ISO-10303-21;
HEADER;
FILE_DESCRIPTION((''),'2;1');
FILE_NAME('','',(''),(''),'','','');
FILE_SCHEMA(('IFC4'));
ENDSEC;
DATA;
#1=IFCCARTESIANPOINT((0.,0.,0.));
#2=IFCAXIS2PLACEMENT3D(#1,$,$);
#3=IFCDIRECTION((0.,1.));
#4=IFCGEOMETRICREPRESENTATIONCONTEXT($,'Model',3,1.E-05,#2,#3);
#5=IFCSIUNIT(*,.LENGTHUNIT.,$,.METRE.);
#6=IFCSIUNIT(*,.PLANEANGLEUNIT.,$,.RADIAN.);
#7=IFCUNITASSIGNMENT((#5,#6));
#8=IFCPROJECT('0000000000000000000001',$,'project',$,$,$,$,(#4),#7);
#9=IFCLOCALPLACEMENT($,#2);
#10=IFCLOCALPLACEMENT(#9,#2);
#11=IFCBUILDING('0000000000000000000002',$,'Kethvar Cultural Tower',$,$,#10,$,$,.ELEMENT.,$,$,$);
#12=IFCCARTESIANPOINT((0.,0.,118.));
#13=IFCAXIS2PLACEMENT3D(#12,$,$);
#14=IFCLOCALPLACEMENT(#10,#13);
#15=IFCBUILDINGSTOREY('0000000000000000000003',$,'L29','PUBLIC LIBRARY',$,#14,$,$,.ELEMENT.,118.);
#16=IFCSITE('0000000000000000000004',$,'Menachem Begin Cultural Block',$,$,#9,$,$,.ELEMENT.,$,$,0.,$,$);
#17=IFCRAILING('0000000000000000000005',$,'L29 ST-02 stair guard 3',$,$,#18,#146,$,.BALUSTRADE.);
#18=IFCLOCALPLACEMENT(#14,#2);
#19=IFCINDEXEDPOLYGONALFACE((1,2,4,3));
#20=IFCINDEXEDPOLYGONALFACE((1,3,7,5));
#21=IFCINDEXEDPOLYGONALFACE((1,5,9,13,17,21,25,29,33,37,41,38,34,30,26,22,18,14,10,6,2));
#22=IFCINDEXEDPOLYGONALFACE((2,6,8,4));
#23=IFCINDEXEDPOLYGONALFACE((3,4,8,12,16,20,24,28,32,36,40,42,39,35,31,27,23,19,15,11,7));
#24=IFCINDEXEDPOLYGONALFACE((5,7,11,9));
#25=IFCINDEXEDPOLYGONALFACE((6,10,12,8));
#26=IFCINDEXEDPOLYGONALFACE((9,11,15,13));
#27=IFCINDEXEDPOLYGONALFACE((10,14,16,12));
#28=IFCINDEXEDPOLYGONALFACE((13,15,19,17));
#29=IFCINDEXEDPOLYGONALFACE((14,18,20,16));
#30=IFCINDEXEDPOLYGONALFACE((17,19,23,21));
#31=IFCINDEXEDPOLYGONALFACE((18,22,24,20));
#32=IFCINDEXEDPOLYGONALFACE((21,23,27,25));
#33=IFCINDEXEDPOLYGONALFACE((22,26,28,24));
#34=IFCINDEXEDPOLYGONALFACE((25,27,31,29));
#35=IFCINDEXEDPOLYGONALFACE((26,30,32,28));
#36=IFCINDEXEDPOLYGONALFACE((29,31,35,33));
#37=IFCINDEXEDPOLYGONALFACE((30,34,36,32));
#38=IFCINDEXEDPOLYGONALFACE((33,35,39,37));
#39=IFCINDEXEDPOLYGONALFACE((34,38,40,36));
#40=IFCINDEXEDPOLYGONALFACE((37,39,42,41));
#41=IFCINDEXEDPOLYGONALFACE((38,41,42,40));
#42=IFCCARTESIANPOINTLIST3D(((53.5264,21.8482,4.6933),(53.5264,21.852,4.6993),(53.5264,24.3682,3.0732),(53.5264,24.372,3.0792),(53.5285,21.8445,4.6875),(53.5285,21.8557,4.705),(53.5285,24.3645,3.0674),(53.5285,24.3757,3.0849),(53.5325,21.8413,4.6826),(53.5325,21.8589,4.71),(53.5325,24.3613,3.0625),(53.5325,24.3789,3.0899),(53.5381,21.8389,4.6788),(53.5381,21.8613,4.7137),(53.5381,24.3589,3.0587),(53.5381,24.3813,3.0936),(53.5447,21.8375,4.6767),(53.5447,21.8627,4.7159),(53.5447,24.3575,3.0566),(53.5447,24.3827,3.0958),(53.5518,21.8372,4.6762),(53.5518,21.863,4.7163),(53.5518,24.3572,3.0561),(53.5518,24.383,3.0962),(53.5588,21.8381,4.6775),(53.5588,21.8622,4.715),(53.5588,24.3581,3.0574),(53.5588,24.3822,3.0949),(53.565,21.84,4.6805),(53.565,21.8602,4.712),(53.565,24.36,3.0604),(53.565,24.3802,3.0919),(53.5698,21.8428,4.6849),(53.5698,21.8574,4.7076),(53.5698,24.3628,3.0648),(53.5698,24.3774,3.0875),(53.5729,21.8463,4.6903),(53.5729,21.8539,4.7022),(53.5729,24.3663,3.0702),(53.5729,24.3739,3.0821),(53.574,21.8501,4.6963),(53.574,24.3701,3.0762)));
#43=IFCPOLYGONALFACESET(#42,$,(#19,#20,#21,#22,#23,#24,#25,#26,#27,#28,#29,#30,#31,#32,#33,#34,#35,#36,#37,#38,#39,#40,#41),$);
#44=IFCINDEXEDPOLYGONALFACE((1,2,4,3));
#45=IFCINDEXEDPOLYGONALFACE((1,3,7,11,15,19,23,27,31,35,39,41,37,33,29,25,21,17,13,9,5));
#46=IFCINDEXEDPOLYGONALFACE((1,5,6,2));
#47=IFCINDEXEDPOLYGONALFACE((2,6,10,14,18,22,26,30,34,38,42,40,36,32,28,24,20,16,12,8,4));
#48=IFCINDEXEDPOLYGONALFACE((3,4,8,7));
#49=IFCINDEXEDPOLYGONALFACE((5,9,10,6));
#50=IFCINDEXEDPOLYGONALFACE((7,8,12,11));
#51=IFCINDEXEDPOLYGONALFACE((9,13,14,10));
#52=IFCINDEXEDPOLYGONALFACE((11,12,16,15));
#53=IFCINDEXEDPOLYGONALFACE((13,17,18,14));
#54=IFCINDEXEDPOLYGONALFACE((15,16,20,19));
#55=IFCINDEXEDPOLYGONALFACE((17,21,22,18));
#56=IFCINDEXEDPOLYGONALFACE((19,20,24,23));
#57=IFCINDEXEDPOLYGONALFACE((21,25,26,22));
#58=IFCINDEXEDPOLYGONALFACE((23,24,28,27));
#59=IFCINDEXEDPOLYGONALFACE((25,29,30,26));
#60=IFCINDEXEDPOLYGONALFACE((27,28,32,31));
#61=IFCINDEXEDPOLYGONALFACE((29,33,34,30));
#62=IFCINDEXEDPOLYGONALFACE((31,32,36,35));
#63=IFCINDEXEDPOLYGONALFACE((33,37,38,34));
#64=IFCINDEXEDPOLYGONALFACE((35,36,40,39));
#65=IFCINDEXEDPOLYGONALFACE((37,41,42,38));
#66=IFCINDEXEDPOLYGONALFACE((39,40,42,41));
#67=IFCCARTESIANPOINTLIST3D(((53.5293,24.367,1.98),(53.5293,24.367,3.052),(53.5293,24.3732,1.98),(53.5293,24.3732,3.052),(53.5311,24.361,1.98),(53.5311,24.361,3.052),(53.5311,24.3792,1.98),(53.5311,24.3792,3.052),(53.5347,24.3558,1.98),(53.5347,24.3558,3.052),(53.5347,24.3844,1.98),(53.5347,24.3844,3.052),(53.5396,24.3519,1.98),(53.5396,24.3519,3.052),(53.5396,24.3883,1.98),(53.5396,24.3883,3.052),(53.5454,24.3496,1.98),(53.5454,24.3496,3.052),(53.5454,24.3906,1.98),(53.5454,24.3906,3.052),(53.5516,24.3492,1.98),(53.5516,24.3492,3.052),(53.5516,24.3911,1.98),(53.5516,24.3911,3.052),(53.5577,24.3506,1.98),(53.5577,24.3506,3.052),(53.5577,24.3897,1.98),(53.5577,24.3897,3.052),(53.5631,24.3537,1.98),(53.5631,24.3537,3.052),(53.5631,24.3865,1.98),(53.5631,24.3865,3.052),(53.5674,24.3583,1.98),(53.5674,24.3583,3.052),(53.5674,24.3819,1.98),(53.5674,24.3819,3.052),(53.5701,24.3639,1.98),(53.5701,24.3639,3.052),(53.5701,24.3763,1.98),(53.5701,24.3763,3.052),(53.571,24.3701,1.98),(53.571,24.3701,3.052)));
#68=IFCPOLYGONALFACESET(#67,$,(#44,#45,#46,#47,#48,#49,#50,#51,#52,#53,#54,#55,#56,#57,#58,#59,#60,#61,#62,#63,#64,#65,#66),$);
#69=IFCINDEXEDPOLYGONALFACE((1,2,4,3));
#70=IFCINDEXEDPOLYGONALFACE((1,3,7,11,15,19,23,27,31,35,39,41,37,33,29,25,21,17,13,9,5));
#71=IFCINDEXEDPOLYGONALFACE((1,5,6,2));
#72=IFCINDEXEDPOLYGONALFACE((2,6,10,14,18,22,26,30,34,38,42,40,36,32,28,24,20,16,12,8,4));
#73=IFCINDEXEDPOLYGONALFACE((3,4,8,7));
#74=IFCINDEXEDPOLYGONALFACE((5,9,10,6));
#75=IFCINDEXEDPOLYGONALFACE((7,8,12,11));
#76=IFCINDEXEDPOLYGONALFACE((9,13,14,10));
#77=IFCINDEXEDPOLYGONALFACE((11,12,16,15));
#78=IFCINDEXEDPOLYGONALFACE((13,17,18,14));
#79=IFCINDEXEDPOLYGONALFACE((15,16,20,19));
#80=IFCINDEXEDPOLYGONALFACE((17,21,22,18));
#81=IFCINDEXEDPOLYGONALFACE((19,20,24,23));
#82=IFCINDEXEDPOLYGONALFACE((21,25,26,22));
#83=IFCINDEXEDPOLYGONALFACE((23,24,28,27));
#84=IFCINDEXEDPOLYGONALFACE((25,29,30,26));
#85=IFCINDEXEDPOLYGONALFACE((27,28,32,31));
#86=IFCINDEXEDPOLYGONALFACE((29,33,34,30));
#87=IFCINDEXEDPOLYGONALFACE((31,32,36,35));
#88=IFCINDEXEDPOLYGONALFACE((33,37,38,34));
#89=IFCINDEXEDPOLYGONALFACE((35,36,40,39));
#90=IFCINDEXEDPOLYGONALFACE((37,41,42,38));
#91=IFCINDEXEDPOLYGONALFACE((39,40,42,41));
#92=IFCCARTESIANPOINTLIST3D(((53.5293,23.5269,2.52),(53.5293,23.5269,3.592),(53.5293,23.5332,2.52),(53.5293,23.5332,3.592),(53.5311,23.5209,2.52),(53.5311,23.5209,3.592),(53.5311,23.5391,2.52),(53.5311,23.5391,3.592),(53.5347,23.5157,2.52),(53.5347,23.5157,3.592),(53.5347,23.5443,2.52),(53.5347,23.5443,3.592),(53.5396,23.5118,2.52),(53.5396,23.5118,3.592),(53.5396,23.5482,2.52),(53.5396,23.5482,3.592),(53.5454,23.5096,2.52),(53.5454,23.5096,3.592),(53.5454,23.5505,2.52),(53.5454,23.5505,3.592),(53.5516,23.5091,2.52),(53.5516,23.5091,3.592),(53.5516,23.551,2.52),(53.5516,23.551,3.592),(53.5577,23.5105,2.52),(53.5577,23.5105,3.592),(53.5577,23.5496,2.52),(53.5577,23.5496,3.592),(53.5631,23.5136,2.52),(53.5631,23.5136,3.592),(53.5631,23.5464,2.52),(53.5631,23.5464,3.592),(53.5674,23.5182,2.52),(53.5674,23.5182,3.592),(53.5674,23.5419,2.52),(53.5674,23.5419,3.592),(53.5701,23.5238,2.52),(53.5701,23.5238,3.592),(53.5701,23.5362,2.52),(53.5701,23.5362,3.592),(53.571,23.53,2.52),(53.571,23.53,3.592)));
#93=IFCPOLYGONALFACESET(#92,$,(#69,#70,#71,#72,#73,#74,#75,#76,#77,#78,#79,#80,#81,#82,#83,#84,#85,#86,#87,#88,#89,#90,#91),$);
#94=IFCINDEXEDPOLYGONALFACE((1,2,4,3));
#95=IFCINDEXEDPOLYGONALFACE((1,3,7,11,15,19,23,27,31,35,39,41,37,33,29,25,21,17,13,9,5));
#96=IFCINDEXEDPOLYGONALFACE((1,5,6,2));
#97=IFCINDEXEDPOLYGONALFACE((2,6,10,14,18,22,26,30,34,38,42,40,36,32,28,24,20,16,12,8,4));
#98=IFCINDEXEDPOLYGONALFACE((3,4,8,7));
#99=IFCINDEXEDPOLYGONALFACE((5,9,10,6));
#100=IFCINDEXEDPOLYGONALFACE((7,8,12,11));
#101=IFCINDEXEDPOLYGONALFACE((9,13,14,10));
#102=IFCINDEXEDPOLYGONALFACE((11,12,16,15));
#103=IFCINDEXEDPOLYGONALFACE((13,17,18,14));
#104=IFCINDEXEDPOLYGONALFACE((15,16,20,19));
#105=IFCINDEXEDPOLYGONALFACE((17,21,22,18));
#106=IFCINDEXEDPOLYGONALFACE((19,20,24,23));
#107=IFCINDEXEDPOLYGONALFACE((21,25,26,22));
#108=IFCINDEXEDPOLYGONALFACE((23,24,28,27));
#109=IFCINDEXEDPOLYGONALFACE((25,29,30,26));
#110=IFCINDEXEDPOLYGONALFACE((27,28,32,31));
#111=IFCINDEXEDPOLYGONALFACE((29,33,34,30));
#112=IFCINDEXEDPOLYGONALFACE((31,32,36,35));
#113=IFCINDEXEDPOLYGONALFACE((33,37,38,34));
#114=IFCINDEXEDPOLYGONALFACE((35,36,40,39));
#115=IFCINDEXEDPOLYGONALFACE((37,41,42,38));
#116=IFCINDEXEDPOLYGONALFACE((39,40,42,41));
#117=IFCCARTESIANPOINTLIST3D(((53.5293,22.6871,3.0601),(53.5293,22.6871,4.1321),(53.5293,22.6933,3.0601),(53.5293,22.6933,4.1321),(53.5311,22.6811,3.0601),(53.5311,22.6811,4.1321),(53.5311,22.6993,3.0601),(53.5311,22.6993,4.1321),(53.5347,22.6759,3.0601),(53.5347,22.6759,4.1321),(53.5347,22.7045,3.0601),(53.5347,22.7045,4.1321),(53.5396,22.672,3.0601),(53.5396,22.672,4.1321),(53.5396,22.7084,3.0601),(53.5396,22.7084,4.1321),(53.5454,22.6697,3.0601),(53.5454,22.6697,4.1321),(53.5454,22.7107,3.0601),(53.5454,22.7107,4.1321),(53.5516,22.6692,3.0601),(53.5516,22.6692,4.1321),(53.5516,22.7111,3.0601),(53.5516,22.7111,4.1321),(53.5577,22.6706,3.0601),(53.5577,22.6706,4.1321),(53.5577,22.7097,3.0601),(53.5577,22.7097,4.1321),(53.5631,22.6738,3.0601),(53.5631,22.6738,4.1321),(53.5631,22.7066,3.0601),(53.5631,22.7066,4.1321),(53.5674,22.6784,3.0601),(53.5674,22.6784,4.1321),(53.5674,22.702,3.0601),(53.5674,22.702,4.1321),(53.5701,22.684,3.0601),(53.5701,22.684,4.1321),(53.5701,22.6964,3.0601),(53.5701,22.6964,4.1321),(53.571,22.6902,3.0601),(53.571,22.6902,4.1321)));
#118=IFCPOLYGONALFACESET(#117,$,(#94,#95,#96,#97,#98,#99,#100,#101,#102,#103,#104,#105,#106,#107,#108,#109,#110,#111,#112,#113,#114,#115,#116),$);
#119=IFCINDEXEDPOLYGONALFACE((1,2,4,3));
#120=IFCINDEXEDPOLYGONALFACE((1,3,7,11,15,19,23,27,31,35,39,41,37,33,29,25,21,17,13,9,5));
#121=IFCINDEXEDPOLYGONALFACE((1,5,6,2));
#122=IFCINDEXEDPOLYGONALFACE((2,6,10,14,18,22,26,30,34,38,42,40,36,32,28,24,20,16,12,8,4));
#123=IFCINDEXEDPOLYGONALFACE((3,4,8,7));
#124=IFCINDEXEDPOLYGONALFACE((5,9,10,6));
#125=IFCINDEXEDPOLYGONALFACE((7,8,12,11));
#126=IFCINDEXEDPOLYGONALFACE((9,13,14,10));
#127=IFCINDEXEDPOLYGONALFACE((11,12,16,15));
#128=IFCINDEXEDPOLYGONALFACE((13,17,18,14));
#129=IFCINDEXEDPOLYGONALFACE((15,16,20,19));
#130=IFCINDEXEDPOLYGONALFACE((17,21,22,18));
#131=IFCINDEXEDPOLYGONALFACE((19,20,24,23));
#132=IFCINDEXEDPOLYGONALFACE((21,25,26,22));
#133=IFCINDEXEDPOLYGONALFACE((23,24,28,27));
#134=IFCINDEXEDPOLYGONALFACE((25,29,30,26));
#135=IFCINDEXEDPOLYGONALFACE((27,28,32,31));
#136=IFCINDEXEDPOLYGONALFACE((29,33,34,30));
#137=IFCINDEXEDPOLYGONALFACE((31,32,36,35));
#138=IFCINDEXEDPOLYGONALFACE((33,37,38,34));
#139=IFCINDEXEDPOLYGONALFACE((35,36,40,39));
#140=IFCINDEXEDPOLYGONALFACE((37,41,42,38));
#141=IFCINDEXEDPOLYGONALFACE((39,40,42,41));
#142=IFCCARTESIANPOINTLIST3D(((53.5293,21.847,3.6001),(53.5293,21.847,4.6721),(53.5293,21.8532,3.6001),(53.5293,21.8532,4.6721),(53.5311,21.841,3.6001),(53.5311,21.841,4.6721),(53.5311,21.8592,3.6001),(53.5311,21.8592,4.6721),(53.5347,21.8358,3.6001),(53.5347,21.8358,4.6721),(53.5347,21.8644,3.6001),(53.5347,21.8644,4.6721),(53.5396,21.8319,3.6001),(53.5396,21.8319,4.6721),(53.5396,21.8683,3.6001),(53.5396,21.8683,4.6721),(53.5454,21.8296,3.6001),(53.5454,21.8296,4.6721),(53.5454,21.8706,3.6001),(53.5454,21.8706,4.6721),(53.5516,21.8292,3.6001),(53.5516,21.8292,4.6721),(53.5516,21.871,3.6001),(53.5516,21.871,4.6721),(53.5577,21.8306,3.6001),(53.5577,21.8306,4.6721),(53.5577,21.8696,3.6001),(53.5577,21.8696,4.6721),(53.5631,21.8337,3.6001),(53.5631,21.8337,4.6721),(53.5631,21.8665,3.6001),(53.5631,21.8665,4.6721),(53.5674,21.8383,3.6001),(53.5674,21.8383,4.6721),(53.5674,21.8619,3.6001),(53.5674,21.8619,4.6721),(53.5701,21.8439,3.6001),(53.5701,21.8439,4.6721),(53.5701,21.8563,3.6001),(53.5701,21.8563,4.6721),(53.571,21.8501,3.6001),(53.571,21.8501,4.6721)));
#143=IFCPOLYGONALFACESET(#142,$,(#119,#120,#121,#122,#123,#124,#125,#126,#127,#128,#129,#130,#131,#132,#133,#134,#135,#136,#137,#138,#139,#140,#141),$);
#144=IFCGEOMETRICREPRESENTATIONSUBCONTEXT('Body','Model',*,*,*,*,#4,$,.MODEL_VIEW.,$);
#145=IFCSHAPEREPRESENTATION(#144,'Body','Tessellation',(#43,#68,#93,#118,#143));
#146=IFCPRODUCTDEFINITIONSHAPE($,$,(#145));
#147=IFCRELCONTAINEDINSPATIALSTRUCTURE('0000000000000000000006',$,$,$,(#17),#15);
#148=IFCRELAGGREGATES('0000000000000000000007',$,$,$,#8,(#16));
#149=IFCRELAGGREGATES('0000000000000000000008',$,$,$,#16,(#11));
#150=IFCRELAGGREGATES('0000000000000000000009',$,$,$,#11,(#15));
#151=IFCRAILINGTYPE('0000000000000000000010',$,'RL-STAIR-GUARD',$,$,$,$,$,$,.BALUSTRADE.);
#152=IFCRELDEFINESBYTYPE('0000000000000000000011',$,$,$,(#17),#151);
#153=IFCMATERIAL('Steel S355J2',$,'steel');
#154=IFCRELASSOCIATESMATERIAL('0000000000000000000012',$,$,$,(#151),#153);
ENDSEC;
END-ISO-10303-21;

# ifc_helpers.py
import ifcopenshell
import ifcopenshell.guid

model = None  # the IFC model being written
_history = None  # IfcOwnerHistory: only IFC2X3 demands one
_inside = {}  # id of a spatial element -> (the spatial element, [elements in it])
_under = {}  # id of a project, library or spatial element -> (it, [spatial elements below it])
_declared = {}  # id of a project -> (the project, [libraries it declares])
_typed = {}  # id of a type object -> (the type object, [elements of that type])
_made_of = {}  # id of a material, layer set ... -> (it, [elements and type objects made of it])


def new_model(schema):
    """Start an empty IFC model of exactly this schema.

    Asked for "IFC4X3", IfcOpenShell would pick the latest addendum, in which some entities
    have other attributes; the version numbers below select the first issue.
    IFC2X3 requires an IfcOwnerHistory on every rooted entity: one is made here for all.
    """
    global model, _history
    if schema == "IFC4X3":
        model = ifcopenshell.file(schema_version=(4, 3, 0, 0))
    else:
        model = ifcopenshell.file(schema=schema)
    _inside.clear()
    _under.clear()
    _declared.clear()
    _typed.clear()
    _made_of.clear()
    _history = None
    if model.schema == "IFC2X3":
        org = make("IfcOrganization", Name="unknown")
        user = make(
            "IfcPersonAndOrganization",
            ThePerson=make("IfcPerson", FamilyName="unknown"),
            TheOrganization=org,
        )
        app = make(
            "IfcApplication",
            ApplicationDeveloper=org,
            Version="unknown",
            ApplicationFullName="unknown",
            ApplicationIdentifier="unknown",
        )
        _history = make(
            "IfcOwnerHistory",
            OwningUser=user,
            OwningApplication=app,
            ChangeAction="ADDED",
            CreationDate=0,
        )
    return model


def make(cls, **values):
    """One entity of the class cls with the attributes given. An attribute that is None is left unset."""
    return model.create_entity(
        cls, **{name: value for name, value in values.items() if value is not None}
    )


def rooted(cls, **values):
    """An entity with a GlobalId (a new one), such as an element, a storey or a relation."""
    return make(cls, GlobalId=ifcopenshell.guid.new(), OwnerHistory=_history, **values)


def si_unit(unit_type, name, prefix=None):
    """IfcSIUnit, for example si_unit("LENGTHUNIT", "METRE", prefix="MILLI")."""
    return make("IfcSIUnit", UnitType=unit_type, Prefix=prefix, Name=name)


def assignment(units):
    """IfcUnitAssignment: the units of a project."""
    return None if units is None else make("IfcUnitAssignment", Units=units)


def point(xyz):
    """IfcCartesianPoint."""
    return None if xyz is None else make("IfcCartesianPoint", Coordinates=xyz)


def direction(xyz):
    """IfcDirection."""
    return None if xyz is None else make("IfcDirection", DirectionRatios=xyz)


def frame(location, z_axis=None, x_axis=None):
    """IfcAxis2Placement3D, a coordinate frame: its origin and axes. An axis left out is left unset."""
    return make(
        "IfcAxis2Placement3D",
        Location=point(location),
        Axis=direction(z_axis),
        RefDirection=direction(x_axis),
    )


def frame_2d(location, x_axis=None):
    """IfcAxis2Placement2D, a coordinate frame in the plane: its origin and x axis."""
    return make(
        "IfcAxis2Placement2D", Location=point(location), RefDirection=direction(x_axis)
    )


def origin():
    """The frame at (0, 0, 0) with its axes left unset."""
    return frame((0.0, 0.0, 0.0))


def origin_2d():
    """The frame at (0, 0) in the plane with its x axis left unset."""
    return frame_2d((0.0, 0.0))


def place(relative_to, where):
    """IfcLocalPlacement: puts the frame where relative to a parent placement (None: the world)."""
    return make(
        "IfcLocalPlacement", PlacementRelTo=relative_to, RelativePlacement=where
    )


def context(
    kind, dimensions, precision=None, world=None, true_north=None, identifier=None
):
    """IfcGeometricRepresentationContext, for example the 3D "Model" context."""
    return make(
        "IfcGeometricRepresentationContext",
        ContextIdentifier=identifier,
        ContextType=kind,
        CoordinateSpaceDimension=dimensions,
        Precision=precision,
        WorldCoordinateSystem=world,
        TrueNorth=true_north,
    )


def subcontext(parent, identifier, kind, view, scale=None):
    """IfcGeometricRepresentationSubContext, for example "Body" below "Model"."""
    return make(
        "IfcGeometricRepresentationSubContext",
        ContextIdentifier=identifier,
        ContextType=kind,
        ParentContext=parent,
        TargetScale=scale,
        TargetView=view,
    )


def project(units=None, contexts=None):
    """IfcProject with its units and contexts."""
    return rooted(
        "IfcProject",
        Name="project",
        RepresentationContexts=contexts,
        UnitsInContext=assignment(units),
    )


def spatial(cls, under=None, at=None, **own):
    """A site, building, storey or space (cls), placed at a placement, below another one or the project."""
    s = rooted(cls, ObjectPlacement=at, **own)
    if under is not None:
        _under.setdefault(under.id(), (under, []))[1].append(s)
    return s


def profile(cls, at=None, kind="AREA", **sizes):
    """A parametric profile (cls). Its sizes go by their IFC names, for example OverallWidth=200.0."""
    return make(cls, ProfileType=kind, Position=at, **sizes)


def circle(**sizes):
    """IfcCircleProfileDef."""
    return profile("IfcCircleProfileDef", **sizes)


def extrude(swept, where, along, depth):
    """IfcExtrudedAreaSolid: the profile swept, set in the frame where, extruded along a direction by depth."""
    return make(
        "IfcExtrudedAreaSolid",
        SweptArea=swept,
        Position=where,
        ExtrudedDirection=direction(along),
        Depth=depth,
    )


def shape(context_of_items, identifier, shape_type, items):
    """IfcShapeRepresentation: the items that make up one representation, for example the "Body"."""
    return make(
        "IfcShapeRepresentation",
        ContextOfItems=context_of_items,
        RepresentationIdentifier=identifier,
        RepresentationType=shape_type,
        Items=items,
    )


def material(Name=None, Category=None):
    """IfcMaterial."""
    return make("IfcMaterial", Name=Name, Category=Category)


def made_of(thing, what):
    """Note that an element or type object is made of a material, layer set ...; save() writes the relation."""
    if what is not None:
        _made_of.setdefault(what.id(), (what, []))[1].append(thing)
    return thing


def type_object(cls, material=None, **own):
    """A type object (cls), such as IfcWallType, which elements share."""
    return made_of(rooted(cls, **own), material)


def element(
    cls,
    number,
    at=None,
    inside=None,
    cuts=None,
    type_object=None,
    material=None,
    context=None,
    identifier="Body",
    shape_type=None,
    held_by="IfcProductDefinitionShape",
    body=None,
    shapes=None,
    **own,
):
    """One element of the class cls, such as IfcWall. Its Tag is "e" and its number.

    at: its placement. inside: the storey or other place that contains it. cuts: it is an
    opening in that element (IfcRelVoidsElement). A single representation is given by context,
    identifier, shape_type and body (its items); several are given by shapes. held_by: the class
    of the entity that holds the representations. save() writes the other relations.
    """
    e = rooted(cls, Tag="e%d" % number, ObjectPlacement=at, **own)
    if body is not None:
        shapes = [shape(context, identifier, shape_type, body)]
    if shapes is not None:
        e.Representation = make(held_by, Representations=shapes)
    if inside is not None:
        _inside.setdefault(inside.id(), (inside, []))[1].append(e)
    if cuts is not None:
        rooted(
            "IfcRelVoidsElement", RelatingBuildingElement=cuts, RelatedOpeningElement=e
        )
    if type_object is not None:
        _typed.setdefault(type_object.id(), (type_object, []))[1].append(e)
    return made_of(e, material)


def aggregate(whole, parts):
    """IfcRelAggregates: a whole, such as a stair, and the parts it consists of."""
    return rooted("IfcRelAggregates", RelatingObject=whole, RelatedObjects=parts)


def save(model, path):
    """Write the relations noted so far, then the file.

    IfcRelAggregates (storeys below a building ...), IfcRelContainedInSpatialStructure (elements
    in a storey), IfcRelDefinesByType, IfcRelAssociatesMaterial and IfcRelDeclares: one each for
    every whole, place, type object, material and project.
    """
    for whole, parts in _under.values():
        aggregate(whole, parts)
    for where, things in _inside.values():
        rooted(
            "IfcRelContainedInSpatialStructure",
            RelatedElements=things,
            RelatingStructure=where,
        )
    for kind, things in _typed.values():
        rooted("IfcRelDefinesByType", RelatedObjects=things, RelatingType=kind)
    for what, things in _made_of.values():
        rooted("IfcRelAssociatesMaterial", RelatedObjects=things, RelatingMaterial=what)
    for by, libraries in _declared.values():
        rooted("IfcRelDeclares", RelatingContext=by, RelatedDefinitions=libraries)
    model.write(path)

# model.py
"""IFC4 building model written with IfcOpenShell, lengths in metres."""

from ifc_helpers import new_model, si_unit, direction, frame, origin, origin_2d, place, context, subcontext, project, spatial, circle, extrude, material, type_object, element, save


model = new_model("IFC4")

# Units and contexts
model_context = context("Model", 3, precision=1e-05, world=origin(), true_north=direction((0.0, 1.0)))
body_context = subcontext(model_context, "Body", "Model", "MODEL_VIEW")
ifc_project = project(units=[si_unit("LENGTHUNIT", "METRE"), si_unit("PLANEANGLEUNIT", "RADIAN")], contexts=[model_context])

# Site, building, storey
site_placement = place(None, origin())
site = spatial("IfcSite", under=ifc_project, at=site_placement, Name="Menachem Begin Cultural Block", CompositionType="ELEMENT", RefElevation=0.0)
building_placement = place(site_placement, origin())
building = spatial("IfcBuilding", under=site, at=building_placement, Name="Kethvar Cultural Tower", CompositionType="ELEMENT")
storey_placement = place(building_placement, frame((0.0, 0.0, 118.0)))
storey = spatial("IfcBuildingStorey", under=building, at=storey_placement, Name="L29", Description="PUBLIC LIBRARY", CompositionType="ELEMENT", Elevation=118.0)

# Shared definitions
ifc_material_1 = material(Name="Steel S355J2", Category="steel")

# Railing
railing_type_1 = type_object("IfcRailingType", Name="RL-STAIR-GUARD", PredefinedType="BALUSTRADE", material=ifc_material_1)
railing_1_placement = place(storey_placement, frame((53.55, 24.3701, 1.98)))
element("IfcRailing", 1, at=railing_1_placement, inside=storey, type_object=railing_type_1, Name="L29 ST-02 stair guard 3", PredefinedType="BALUSTRADE", context=body_context, shape_type="SweptSolid", body=[
    extrude(circle(Radius=0.0239, at=origin_2d()), frame((0.0, 0.0, 1.0962), z_axis=(0.0, -0.841163, 0.540782), x_axis=(1.0, 0.0, 0.0)), (0.0, 0.0, 1.0), 2.9958),
    extrude(circle(Radius=0.021, at=origin_2d()), origin(), (0.0, 0.0, 1.0), 1.072),
    extrude(circle(Radius=0.021, at=origin_2d()), frame((0.0, -0.8401, 0.54)), (0.0, 0.0, 1.0), 1.072),
    extrude(circle(Radius=0.021, at=origin_2d()), frame((0.0, -1.6799, 1.0801)), (0.0, 0.0, 1.0), 1.072),
    extrude(circle(Radius=0.021, at=origin_2d()), frame((0.0, -2.52, 1.6201)), (0.0, 0.0, 1.0), 1.072),
])

save(model, "model.ifc")
